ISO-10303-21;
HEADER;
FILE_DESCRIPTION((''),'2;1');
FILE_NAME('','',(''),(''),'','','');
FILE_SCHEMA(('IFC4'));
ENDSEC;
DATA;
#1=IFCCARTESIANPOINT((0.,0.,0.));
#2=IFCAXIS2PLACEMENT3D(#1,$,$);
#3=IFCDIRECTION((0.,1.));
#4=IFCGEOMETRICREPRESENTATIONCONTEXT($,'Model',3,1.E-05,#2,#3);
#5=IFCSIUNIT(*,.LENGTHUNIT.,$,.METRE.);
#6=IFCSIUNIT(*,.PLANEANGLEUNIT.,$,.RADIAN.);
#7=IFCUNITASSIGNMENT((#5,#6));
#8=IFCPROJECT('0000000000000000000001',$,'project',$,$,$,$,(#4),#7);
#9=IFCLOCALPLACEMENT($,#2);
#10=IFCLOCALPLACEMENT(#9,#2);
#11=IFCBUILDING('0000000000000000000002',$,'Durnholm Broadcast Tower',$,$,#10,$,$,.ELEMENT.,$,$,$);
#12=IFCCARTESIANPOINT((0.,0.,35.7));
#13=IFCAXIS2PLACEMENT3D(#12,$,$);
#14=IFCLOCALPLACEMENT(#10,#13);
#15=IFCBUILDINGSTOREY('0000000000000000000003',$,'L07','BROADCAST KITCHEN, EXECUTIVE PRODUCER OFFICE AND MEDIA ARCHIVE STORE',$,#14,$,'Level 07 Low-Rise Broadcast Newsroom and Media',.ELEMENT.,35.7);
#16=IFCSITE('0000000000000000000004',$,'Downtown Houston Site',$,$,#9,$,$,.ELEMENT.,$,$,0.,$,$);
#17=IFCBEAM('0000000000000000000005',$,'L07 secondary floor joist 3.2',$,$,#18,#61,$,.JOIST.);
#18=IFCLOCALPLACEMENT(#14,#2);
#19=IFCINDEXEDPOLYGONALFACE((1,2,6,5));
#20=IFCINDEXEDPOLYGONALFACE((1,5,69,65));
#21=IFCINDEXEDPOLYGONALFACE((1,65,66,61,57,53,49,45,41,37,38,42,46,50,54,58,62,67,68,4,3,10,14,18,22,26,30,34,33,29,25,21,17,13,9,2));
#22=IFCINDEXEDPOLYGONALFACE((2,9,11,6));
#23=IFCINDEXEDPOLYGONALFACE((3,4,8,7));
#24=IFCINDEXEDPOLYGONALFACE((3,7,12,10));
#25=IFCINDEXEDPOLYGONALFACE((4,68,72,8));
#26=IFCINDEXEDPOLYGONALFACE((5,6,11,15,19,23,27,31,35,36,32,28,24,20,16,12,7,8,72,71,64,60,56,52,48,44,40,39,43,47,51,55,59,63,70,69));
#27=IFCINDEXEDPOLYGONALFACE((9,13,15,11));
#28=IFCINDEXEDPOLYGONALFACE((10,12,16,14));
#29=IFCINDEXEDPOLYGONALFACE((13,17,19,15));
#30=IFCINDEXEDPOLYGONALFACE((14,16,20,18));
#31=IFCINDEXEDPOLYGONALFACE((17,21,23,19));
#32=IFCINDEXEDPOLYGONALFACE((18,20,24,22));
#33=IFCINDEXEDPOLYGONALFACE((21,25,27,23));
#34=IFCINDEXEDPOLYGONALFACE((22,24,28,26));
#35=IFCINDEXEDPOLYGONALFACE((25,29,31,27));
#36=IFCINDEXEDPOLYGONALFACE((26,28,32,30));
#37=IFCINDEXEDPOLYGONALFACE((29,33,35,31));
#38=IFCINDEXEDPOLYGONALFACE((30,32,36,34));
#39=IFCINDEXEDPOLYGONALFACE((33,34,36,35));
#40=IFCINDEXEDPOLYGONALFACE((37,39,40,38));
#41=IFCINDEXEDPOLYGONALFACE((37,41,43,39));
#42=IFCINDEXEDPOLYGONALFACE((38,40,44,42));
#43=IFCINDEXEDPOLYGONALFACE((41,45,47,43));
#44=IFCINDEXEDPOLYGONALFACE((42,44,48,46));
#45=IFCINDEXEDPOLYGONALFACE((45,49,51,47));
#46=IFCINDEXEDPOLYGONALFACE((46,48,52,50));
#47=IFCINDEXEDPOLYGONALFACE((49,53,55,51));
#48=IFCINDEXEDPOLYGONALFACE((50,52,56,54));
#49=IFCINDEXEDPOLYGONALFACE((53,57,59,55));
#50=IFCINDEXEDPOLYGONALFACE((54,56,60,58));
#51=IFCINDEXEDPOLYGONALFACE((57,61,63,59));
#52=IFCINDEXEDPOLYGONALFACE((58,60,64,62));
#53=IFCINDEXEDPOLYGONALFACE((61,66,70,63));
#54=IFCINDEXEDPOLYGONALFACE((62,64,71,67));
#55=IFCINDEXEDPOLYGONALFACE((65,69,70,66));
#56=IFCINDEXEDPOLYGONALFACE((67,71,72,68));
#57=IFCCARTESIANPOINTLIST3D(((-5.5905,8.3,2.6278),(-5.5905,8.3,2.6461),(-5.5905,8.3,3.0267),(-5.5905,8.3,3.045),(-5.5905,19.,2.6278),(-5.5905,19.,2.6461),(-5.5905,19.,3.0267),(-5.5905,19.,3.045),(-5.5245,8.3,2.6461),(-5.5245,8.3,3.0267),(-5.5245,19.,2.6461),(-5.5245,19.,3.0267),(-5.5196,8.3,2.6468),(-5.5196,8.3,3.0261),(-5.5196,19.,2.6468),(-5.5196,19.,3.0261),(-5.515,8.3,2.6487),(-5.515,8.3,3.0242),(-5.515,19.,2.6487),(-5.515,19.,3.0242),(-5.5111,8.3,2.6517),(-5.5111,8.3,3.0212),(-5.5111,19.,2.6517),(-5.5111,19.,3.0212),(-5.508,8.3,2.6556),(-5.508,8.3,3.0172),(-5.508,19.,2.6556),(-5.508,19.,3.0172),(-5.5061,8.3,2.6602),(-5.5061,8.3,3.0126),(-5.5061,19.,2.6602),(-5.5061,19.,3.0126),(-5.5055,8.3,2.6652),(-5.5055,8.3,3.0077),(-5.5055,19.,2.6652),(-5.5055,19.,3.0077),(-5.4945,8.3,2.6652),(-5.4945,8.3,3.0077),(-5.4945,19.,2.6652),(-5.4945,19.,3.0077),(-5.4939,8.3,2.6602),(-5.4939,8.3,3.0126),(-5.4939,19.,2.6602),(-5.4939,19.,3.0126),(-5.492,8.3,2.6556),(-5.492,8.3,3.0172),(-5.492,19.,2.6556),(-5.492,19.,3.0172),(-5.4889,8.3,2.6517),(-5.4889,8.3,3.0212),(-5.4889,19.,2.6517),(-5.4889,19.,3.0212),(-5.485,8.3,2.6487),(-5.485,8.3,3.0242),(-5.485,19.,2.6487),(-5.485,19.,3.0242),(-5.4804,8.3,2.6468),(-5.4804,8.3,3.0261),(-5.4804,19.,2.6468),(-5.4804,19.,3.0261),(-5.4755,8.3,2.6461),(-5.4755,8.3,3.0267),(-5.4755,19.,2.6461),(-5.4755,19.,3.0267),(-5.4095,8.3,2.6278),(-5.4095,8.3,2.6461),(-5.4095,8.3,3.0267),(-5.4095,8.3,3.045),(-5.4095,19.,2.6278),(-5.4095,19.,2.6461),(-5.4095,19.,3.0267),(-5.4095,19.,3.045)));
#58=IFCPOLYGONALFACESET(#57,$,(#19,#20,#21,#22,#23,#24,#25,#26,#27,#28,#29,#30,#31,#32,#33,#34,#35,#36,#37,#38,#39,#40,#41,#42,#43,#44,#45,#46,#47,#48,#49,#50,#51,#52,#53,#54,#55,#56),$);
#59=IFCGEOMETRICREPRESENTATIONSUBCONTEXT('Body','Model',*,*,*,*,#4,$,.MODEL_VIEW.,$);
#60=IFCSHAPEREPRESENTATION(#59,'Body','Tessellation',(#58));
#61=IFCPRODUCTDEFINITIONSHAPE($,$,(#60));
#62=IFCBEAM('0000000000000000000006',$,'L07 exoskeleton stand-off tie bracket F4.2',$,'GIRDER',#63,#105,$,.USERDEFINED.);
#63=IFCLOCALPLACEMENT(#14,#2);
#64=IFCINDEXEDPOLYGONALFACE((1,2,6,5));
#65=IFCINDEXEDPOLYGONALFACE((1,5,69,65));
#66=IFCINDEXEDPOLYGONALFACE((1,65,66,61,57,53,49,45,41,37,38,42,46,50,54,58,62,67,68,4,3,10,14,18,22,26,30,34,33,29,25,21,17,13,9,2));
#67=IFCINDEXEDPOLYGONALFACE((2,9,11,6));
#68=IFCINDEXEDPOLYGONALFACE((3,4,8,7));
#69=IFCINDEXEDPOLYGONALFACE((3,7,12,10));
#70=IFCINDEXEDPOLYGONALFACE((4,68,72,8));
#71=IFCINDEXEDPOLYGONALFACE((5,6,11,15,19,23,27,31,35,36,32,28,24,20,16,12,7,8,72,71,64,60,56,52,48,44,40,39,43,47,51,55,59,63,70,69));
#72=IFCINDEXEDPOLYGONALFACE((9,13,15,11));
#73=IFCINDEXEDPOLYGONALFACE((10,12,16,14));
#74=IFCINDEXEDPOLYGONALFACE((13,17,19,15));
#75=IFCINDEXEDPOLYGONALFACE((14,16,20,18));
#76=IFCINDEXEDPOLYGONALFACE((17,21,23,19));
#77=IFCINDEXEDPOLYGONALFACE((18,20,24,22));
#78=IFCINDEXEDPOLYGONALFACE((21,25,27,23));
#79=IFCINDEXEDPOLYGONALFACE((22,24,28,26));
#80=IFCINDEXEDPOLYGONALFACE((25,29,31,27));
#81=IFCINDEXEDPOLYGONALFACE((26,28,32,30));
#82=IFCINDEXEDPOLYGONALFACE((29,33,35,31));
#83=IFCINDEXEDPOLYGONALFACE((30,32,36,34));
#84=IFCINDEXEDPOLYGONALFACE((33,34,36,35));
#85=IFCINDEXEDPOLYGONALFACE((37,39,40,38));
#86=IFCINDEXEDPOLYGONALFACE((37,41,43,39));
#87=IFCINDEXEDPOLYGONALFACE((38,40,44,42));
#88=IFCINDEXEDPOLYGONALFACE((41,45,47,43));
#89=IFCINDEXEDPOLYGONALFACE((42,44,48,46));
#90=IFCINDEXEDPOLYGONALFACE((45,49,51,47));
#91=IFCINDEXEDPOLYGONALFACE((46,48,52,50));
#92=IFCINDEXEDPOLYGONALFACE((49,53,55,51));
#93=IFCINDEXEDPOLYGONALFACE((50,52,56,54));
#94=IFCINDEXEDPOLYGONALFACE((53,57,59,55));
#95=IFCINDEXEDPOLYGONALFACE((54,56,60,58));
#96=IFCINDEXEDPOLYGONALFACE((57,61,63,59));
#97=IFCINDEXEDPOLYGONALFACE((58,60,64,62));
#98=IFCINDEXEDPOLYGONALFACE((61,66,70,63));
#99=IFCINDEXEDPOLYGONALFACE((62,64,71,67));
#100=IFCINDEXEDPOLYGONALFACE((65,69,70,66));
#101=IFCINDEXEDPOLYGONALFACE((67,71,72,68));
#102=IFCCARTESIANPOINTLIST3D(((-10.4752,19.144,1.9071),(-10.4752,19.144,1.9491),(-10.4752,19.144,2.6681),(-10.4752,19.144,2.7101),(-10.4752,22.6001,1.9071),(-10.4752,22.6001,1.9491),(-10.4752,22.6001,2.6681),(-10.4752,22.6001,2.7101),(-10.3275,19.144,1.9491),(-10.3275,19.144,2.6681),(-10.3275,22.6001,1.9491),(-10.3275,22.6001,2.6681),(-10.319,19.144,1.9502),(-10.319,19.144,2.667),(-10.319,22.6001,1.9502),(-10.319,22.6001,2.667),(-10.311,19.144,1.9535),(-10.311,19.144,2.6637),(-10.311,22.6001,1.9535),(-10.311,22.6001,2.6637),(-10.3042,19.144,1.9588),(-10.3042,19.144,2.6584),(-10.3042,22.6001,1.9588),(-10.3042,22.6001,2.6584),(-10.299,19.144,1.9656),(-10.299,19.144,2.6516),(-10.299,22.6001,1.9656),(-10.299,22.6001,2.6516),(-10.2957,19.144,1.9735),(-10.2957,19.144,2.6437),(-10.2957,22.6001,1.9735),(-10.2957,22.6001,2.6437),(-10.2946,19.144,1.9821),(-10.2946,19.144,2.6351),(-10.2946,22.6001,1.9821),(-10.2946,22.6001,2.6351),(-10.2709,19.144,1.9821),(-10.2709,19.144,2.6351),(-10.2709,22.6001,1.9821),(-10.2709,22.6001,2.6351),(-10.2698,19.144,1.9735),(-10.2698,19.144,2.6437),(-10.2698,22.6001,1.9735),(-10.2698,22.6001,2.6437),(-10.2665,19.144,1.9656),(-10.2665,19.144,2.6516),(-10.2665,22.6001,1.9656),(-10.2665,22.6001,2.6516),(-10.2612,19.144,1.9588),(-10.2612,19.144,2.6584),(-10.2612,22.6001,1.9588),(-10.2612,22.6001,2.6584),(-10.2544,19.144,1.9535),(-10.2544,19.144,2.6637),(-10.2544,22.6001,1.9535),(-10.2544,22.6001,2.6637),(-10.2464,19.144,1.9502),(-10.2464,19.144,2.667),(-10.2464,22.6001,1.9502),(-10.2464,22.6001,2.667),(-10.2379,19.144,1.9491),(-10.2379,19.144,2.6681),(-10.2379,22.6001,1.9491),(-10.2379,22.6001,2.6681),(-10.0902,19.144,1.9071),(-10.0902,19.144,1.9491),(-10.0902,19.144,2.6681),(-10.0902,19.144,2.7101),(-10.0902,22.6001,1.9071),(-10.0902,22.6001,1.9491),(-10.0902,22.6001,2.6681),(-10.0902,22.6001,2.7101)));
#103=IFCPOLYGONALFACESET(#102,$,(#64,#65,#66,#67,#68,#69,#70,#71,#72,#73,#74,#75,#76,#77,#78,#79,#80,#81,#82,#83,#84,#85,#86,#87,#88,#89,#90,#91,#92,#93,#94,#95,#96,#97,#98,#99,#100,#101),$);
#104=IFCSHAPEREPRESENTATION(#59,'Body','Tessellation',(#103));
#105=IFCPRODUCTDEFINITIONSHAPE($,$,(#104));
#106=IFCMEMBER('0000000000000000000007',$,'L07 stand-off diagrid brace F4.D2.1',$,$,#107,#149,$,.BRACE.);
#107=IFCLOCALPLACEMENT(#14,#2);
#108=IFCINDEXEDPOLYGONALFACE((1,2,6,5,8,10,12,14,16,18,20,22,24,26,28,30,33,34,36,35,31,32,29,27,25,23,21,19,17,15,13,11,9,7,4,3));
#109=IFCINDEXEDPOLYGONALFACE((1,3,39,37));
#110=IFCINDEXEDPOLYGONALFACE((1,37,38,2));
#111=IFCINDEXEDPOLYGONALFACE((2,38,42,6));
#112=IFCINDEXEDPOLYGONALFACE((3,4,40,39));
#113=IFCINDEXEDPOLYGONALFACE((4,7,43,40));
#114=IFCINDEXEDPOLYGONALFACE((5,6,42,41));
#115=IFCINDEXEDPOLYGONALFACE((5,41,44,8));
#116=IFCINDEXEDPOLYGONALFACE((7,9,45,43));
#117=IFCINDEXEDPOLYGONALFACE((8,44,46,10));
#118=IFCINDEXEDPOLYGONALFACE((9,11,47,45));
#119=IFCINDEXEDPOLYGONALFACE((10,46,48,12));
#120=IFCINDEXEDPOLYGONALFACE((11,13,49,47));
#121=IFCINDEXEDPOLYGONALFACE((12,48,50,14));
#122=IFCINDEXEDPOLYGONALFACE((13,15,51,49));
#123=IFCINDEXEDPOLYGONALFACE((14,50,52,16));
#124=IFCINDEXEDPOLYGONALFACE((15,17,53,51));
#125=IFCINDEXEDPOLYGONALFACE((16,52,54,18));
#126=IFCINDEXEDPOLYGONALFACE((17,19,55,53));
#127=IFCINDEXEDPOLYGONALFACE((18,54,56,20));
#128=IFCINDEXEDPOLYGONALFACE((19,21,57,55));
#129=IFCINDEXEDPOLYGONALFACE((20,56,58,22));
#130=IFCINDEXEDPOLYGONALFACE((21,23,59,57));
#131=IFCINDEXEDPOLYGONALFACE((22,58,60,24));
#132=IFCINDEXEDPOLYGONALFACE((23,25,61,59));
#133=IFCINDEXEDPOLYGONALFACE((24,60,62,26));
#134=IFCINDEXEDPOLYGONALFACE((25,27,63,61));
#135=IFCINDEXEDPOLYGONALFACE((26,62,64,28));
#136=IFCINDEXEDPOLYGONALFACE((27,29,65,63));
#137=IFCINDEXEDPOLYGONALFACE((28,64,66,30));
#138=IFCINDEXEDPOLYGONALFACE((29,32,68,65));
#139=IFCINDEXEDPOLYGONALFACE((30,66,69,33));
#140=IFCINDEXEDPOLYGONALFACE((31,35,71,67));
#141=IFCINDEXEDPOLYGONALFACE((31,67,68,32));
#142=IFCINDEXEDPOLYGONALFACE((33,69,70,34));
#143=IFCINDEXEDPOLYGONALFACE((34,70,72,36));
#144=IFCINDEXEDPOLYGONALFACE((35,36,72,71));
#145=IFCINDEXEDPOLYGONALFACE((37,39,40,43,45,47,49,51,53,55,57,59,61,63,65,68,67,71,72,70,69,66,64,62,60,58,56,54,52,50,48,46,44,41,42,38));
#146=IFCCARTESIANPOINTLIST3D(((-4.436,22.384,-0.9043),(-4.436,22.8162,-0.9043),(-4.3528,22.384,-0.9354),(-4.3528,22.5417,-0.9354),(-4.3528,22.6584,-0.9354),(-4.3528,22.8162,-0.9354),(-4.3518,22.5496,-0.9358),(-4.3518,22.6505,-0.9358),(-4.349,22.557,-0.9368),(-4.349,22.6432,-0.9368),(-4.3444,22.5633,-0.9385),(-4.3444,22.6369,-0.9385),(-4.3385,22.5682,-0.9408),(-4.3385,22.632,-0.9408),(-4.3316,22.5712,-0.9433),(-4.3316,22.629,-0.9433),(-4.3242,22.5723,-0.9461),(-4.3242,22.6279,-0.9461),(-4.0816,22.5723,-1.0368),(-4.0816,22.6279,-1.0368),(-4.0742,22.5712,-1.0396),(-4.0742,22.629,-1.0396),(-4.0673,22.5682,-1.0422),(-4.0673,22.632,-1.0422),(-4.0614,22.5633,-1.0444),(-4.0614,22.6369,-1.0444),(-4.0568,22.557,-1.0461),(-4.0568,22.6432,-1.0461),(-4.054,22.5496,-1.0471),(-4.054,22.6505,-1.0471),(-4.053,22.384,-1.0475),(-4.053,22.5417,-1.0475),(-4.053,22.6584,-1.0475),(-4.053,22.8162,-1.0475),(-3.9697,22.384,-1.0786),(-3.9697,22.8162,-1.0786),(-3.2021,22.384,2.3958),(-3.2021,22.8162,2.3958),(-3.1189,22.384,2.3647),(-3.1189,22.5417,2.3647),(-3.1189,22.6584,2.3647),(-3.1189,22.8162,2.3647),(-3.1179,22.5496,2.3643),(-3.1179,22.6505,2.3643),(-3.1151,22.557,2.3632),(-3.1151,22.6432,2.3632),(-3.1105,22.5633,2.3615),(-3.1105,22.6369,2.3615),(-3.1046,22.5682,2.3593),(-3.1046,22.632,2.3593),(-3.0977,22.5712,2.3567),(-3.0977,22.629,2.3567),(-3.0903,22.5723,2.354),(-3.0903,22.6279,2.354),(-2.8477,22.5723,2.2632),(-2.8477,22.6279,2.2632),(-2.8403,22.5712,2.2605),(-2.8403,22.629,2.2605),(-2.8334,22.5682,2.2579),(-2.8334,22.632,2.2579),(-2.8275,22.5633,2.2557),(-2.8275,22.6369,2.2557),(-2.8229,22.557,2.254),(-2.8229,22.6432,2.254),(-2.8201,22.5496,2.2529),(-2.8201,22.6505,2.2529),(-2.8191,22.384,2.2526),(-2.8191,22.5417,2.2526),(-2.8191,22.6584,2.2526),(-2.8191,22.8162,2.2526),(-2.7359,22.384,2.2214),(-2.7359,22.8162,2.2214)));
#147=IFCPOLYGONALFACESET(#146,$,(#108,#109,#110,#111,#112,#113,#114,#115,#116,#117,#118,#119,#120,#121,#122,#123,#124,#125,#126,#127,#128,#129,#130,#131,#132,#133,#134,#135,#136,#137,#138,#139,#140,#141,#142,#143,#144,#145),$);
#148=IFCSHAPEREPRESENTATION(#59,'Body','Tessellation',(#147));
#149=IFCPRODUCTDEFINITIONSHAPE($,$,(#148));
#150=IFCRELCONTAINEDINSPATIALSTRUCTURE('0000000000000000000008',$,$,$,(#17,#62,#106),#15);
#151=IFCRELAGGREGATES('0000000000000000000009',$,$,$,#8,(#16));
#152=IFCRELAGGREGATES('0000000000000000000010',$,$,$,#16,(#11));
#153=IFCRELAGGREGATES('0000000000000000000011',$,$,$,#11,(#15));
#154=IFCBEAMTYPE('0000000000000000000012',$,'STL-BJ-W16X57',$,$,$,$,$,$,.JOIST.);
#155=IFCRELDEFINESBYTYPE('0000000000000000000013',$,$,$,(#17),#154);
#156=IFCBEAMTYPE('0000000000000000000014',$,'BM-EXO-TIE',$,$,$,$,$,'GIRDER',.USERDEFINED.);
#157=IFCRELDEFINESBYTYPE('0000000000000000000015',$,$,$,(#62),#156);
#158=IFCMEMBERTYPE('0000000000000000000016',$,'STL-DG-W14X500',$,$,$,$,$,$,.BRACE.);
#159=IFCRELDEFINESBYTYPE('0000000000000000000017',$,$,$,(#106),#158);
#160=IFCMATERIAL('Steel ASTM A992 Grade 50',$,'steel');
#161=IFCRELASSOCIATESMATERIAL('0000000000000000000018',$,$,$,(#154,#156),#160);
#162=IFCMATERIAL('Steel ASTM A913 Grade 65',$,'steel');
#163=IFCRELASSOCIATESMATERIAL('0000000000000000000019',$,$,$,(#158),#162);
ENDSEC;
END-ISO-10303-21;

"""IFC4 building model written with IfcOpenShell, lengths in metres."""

from ifc_helpers import new_model, si_unit, direction, frame, origin, origin_2d, place, context, subcontext, project, spatial, i_section, extrude, source, transform, mapped, material, material_profile, profile_set, type_object, type_shapes, element, save


model = new_model("IFC4")

# Units and contexts
model_context = context("Model", 3, precision=1e-05, world=origin(), true_north=direction((0.0, 1.0)))
body_context = subcontext(model_context, "Body", "Model", "MODEL_VIEW")
ifc_project = project(units=[si_unit("LENGTHUNIT", "METRE"), si_unit("PLANEANGLEUNIT", "RADIAN")], contexts=[model_context])

# Site, building, storey
site_placement = place(None, origin())
site = spatial("IfcSite", under=ifc_project, at=site_placement, Name="Downtown Houston Site", CompositionType="ELEMENT", RefElevation=0.0)
building_placement = place(site_placement, origin())
building = spatial("IfcBuilding", under=site, at=building_placement, Name="Durnholm Broadcast Tower", CompositionType="ELEMENT")
storey_placement = place(building_placement, frame((0.0, 0.0, 35.7)))
storey = spatial("IfcBuildingStorey", under=building, at=storey_placement, Name="L07", Description="BROADCAST KITCHEN, EXECUTIVE PRODUCER OFFICE AND MEDIA ARCHIVE STORE", LongName="Level 07 Low-Rise Broadcast Newsroom and Media", CompositionType="ELEMENT", Elevation=35.7)

# Beams
ifc_material_1 = material(Name="Steel ASTM A992 Grade 50", Category="steel")
ifc_material_profile_1 = material_profile(ifc_material_1, i_section(OverallWidth=0.1809, OverallDepth=0.4172, WebThickness=0.011, FlangeThickness=0.0183, FilletRadius=0.019, at=origin_2d()), Name="W16X57")
ifc_profile_set_1 = profile_set([ifc_material_profile_1], Name="Steel ASTM A992 Grade 50")
beam_type_1 = type_object("IfcBeamType", Name="STL-BJ-W16X57", PredefinedType="JOIST", material=ifc_profile_set_1)
shared_shape_1 = source(origin(), body_context, "Body", "SweptSolid", [
    extrude(i_section(OverallWidth=0.1809, OverallDepth=0.4172, WebThickness=0.011, FlangeThickness=0.0183, FilletRadius=0.019, at=origin_2d()), origin(), (0.0, 0.0, 1.0), 10.7),
])
type_shapes(beam_type_1, [shared_shape_1])
beam_1_placement = place(storey_placement, frame((-5.5, 8.3, 2.8364), z_axis=(0.0, 1.0, 0.0), x_axis=(-1.0, 0.0, 0.0)))
element("IfcBeam", 1, at=beam_1_placement, inside=storey, type_object=beam_type_1, Name="L07 secondary floor joist 3.2", PredefinedType="JOIST", context=body_context, shape_type="MappedRepresentation", body=[
    mapped(shared_shape_1, transform((0.0, 0.0, 0.0), x_axis=(1.0, 0.0, 0.0), y_axis=(0.0, 1.0, 0.0), z_axis=(0.0, 0.0, 1.0), scale=1.0)),
])
ifc_material_profile_2 = material_profile(ifc_material_1, i_section(OverallWidth=0.385, OverallDepth=0.803, WebThickness=0.0237, FlangeThickness=0.042, FilletRadius=0.033, at=origin_2d()), Name="W30X261")
ifc_profile_set_2 = profile_set([ifc_material_profile_2], Name="Steel ASTM A992 Grade 50")
beam_type_2 = type_object("IfcBeamType", Name="BM-EXO-TIE", ElementType="GIRDER", PredefinedType="USERDEFINED", material=ifc_profile_set_2)
shared_shape_2 = source(origin(), body_context, "Body", "SweptSolid", [
    extrude(i_section(OverallWidth=0.385, OverallDepth=0.803, WebThickness=0.0237, FlangeThickness=0.042, FilletRadius=0.033, at=origin_2d()), origin(), (0.0, 0.0, 1.0), 3.4561),
])
type_shapes(beam_type_2, [shared_shape_2])
beam_2_placement = place(storey_placement, frame((-10.2827, 19.144, 2.3086), z_axis=(0.0, 1.0, 0.0), x_axis=(-1.0, 0.0, 0.0)))
element("IfcBeam", 2, at=beam_2_placement, inside=storey, type_object=beam_type_2, Name="L07 exoskeleton stand-off tie bracket F4.2", ObjectType="GIRDER", PredefinedType="USERDEFINED", context=body_context, shape_type="MappedRepresentation", body=[
    mapped(shared_shape_2, transform((0.0, 0.0, 0.0), x_axis=(1.0, 0.0, 0.0), y_axis=(0.0, 1.0, 0.0), z_axis=(0.0, 0.0, 1.0), scale=1.0)),
])

# Member
ifc_material_2 = material(Name="Steel ASTM A913 Grade 65", Category="steel")
ifc_material_profile_3 = material_profile(ifc_material_2, i_section(OverallWidth=0.4321, OverallDepth=0.4978, WebThickness=0.0557, FlangeThickness=0.0889, FilletRadius=0.0305, at=origin_2d()), Name="W14X500")
ifc_profile_set_3 = profile_set([ifc_material_profile_3], Name="Steel ASTM A913 Grade 65")
member_type_1 = type_object("IfcMemberType", Name="STL-DG-W14X500", PredefinedType="BRACE", material=ifc_profile_set_3)
shared_shape_3 = source(origin(), body_context, "Body", "SweptSolid", [
    extrude(i_section(OverallWidth=0.4321, OverallDepth=0.4978, WebThickness=0.0557, FlangeThickness=0.0889, FilletRadius=0.0305, at=origin_2d()), origin(), (0.0, 0.0, 1.0), 3.5232),
])
type_shapes(member_type_1, [shared_shape_3])
for number, where, z_axis, x_axis, name in (
    (3, (-4.2029, 22.6001, -0.9915), (0.35022, 0.0, 0.936668), (0.0, 1.0, 0.0), "L07 stand-off diagrid brace F4.D2.1"),
):
    element("IfcMember", number, at=place(storey_placement, frame(where, z_axis=z_axis, x_axis=x_axis)), inside=storey, type_object=member_type_1, Name=name, PredefinedType="BRACE", context=body_context, shape_type="MappedRepresentation", body=[
        mapped(shared_shape_3, transform((0.0, 0.0, 0.0), x_axis=(1.0, 0.0, 0.0), y_axis=(0.0, 1.0, 0.0), z_axis=(0.0, 0.0, 1.0), scale=1.0)),
    ])

save(model, "model.ifc")
